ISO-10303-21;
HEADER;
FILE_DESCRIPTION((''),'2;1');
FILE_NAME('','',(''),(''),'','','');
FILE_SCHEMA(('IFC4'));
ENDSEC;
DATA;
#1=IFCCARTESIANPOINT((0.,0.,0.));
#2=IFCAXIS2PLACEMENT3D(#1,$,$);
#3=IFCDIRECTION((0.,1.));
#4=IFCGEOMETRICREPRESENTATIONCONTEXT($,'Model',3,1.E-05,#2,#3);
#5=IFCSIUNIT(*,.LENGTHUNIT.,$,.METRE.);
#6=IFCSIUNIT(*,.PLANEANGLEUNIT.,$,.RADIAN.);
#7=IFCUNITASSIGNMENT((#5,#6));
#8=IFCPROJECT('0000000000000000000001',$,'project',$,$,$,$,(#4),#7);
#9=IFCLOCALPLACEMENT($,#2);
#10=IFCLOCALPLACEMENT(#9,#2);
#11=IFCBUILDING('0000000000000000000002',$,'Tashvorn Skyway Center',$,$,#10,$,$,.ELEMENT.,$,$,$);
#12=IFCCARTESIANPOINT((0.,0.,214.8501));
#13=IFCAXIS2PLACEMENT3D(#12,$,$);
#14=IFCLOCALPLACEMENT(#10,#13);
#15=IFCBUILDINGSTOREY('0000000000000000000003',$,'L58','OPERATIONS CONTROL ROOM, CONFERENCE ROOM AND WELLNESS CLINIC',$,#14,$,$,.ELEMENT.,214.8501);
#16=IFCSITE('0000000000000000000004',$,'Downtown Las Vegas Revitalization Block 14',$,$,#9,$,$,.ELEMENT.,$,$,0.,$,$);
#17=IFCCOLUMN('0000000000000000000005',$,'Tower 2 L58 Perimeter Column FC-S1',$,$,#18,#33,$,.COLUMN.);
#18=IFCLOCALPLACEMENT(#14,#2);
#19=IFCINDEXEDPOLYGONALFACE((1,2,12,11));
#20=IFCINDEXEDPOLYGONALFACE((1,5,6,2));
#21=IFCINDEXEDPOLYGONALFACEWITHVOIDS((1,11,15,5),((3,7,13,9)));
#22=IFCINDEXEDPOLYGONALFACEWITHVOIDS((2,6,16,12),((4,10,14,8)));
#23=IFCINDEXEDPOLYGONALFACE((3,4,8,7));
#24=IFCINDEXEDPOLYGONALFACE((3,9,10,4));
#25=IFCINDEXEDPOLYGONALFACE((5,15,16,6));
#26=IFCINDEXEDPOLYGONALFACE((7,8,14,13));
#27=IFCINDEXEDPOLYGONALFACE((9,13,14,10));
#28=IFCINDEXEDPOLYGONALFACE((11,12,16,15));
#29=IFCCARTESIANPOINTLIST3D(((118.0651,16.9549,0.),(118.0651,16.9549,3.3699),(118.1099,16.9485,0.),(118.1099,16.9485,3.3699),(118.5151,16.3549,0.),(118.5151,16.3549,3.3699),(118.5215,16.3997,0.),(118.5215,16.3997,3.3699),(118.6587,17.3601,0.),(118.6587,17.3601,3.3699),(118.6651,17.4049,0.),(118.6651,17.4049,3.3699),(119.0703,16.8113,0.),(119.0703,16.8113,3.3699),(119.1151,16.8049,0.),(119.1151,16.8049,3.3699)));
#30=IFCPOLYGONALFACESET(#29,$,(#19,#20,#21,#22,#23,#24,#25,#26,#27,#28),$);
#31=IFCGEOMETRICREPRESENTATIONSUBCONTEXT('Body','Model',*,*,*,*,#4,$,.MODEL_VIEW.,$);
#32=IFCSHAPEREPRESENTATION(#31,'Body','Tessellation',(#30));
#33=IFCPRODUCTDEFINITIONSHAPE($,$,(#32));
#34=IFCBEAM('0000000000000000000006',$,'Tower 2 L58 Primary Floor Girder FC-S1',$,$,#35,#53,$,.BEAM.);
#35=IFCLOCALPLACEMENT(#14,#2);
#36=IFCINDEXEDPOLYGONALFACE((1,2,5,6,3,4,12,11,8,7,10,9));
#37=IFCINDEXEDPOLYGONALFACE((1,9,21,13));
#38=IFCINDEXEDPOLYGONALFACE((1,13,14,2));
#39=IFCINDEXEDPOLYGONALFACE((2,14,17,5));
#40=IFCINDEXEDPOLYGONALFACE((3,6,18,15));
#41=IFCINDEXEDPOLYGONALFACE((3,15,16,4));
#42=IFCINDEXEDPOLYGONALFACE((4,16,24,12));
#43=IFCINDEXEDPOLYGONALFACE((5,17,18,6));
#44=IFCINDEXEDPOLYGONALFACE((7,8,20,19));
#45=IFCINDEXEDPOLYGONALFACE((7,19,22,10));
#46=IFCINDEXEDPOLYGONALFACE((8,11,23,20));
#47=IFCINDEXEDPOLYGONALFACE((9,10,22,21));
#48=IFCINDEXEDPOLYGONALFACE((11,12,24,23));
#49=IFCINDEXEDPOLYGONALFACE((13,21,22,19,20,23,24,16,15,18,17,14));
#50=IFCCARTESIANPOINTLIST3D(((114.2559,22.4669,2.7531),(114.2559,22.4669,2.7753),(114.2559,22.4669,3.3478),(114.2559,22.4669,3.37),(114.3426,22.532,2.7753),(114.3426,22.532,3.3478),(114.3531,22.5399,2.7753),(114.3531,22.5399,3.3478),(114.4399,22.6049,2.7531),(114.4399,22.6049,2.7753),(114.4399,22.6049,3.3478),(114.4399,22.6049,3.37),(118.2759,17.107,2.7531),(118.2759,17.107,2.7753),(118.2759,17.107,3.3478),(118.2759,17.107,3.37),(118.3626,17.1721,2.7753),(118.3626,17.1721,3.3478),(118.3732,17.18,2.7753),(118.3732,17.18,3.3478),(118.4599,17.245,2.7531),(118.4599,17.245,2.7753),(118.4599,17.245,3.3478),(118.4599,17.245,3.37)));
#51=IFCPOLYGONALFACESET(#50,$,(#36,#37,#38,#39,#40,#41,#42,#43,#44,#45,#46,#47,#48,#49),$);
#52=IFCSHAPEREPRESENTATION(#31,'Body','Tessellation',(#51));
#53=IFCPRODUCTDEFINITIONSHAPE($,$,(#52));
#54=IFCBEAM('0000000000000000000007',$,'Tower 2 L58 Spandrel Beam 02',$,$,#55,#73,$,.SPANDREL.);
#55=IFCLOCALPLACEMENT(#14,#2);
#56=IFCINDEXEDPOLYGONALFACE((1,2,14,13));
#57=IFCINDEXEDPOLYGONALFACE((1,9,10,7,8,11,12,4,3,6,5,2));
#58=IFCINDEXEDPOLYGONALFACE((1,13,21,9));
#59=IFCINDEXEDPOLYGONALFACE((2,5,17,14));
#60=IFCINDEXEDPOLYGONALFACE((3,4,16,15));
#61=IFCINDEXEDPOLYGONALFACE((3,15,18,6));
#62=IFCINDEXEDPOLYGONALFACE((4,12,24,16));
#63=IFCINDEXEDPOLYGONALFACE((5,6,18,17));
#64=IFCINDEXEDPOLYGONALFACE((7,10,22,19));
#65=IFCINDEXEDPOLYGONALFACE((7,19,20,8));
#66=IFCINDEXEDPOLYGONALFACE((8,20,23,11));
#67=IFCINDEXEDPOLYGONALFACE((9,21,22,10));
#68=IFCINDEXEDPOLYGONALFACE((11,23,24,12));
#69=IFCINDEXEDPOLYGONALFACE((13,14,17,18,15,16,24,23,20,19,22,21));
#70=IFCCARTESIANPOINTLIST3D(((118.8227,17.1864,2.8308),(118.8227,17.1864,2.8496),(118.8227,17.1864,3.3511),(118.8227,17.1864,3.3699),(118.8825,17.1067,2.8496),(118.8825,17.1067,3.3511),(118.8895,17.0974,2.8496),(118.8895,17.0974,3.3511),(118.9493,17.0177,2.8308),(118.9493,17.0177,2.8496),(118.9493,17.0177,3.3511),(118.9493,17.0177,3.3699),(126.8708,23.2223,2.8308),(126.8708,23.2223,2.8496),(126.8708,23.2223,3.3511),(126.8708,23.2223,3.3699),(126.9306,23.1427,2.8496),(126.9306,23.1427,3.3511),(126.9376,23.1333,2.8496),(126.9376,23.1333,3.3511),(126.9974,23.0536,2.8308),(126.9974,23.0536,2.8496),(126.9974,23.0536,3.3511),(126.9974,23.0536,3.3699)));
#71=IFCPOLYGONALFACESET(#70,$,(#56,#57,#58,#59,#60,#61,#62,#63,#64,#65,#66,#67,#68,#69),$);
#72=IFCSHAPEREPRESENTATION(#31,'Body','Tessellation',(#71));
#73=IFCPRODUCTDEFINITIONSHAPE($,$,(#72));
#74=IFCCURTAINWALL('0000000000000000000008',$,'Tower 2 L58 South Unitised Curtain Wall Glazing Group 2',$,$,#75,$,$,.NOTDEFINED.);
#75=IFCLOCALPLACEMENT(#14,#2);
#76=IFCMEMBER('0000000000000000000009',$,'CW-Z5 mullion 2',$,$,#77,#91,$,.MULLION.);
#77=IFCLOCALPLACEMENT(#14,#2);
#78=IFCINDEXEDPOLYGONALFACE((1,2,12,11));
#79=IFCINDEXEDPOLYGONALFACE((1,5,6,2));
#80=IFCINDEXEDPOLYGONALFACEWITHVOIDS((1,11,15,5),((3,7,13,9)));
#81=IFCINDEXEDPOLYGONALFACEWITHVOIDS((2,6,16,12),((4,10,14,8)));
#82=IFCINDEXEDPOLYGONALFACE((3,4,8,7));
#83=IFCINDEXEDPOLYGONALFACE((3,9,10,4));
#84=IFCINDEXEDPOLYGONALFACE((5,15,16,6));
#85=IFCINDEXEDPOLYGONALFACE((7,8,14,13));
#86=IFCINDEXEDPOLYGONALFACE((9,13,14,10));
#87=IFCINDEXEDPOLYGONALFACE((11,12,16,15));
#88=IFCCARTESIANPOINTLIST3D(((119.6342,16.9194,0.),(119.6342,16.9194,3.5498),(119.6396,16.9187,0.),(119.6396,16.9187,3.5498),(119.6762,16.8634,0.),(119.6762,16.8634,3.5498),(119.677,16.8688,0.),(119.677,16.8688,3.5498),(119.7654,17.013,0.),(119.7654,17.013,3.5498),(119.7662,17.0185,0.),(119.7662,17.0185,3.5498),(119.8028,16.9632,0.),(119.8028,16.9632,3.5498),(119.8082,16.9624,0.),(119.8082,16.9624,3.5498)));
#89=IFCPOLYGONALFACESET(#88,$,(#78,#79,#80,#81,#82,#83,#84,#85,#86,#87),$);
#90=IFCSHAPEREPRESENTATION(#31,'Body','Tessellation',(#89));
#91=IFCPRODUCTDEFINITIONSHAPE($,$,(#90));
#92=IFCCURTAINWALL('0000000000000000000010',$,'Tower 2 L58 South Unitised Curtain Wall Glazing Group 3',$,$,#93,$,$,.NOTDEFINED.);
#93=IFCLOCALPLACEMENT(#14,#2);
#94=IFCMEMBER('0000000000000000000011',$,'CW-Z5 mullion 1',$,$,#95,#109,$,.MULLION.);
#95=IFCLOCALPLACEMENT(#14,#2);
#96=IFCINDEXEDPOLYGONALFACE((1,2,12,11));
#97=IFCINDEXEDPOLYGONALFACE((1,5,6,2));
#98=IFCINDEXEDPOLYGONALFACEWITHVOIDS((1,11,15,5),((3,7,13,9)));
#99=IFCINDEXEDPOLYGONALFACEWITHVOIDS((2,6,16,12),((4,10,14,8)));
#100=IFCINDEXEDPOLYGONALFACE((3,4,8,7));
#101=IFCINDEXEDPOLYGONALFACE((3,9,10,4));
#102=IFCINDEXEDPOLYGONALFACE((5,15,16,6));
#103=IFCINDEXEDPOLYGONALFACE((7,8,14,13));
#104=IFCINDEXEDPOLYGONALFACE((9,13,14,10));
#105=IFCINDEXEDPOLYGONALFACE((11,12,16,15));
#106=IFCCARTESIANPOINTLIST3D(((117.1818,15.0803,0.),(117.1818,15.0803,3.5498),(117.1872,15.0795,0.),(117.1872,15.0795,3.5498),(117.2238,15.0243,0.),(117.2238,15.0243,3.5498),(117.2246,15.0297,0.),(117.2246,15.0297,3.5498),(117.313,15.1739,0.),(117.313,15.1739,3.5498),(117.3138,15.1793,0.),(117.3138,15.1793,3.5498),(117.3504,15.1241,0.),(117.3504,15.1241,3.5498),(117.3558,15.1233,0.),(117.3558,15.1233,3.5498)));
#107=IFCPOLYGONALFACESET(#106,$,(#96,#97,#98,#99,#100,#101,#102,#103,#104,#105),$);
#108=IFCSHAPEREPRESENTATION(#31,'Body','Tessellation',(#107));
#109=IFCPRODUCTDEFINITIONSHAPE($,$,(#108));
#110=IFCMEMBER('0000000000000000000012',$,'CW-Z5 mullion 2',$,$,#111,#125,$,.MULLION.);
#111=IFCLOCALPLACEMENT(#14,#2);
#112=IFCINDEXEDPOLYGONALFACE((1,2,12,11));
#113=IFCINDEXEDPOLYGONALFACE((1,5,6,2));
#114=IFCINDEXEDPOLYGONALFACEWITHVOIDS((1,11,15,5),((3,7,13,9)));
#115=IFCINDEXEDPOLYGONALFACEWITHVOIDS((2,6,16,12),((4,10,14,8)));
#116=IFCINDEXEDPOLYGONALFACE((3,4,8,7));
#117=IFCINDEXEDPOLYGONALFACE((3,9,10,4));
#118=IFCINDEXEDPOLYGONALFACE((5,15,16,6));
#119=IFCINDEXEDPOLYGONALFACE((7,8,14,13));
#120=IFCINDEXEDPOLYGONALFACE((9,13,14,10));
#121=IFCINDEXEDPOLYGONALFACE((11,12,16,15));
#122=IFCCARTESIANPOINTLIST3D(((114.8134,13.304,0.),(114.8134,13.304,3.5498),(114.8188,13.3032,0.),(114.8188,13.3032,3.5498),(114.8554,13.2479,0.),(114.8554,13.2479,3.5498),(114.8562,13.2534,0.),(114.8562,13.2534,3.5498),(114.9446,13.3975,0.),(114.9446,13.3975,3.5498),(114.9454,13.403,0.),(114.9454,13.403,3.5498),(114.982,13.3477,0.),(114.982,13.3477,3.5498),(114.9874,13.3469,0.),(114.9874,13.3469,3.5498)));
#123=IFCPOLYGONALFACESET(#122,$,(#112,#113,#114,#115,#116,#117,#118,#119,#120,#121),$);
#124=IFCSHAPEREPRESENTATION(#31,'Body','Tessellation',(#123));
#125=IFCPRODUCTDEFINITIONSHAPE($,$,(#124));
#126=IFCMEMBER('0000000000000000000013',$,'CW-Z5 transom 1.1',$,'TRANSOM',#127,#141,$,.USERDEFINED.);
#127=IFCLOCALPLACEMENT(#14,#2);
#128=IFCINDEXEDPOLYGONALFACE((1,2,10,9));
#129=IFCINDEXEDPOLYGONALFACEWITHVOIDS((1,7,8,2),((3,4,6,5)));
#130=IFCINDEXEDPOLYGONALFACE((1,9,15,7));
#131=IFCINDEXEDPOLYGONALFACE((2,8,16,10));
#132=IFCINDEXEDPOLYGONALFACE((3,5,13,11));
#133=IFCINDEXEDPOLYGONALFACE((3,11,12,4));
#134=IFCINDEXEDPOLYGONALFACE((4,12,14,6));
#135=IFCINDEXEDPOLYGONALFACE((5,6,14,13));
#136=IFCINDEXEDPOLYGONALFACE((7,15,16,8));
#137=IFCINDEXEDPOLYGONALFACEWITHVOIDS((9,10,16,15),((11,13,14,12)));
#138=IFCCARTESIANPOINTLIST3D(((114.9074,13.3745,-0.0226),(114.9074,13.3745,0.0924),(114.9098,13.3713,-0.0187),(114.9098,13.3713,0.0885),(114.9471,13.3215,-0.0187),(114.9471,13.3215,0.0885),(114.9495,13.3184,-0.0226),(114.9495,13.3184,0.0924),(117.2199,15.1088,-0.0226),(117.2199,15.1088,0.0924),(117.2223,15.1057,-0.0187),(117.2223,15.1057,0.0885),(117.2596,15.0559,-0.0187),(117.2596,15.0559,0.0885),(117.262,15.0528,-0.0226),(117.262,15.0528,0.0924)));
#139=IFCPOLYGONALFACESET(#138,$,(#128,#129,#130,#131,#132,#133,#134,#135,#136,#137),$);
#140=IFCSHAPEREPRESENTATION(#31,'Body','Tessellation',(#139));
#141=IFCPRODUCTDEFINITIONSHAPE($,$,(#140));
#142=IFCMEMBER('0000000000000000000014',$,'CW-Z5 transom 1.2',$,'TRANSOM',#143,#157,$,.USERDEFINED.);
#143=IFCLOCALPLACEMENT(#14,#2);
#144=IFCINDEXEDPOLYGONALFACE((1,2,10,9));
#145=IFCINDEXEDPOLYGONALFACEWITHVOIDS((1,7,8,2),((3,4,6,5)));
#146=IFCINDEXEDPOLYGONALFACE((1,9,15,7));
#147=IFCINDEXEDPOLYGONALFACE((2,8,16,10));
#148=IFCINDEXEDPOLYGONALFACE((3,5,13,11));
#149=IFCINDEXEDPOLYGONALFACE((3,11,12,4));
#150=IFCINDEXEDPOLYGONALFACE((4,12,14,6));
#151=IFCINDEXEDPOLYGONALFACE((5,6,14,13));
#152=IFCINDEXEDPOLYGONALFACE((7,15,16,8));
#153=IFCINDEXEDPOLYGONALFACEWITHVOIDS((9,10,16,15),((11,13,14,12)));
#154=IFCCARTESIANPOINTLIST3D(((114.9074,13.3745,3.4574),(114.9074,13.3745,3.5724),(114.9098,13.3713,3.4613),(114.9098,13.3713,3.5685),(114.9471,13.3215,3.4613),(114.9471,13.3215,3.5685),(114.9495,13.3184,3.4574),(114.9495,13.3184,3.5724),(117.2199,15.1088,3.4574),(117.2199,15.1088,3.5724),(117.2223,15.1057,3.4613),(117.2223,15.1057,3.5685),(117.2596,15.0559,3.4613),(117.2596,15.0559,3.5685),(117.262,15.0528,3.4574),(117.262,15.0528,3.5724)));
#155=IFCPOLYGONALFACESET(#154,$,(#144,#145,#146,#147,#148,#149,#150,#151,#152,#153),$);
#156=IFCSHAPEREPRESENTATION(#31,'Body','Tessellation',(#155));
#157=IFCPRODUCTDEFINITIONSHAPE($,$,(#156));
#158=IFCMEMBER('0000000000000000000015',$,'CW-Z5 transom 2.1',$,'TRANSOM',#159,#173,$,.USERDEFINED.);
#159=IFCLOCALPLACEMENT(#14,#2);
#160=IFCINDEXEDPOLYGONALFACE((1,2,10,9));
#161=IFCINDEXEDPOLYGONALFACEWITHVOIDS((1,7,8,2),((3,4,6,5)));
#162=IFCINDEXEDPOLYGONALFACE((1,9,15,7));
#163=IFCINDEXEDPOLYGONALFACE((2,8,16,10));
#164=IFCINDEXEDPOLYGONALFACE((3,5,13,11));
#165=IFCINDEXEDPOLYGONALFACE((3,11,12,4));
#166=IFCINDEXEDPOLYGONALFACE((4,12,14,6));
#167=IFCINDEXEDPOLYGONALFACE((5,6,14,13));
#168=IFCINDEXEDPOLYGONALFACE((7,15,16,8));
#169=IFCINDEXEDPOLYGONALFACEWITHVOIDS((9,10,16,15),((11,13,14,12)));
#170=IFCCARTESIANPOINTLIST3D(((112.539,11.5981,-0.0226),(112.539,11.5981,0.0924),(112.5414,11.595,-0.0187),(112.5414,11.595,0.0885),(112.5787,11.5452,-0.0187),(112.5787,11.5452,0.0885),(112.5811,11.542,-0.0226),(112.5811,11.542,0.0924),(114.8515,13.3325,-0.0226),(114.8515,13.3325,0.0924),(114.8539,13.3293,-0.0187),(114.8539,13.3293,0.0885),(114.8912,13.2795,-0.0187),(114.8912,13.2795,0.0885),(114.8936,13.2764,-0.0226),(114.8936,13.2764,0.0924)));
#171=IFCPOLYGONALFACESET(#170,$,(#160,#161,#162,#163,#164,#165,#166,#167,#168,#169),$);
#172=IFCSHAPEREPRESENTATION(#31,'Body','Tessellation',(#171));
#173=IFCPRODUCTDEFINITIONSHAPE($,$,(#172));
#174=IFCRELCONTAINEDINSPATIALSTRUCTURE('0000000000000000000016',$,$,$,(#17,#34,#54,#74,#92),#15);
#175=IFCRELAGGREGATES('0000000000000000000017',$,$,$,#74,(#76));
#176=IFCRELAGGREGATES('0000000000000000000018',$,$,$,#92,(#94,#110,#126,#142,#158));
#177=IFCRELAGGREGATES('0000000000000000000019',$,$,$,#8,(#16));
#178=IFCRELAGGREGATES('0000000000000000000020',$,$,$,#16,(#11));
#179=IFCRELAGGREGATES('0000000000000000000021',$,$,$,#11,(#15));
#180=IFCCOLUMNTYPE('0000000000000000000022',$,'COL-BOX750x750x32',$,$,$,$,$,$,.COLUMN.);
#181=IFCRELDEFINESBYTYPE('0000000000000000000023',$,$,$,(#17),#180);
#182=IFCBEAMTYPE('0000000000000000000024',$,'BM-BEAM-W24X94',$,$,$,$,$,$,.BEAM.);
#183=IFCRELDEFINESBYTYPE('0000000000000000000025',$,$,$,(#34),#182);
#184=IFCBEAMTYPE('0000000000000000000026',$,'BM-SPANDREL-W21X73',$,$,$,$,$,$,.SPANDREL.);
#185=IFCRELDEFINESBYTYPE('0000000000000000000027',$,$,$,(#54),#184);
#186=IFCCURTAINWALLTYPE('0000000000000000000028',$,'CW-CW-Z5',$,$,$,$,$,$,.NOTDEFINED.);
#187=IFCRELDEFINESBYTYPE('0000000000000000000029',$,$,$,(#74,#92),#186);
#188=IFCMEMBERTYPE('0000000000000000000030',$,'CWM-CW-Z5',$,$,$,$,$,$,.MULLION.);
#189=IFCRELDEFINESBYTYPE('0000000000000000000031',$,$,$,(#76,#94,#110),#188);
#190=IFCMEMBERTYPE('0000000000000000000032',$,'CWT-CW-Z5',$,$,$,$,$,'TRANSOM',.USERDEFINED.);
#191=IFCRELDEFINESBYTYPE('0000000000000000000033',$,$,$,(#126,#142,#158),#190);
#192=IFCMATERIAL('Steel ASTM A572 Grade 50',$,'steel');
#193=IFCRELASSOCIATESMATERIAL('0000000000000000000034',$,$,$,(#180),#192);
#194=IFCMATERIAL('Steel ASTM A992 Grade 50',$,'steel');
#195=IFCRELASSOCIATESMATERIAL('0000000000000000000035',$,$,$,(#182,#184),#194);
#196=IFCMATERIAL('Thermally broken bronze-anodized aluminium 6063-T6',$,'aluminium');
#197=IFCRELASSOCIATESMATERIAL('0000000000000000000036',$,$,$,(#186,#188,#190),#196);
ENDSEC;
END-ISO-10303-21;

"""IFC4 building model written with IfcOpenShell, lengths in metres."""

from ifc_helpers import new_model, si_unit, direction, frame, origin, origin_2d, place, context, subcontext, project, spatial, hollow_rectangle, i_section, extrude, material, material_profile, profile_set, type_object, element, aggregate, save


model = new_model("IFC4")

# Units and contexts
model_context = context("Model", 3, precision=1e-05, world=origin(), true_north=direction((0.0, 1.0)))
body_context = subcontext(model_context, "Body", "Model", "MODEL_VIEW")
ifc_project = project(units=[si_unit("LENGTHUNIT", "METRE"), si_unit("PLANEANGLEUNIT", "RADIAN")], contexts=[model_context])

# Site, building, storey
site_placement = place(None, origin())
site = spatial("IfcSite", under=ifc_project, at=site_placement, Name="Downtown Las Vegas Revitalization Block 14", CompositionType="ELEMENT", RefElevation=0.0)
building_placement = place(site_placement, origin())
building = spatial("IfcBuilding", under=site, at=building_placement, Name="Tashvorn Skyway Center", CompositionType="ELEMENT")
storey_placement = place(building_placement, frame((0.0, 0.0, 214.8501)))
storey = spatial("IfcBuildingStorey", under=building, at=storey_placement, Name="L58", Description="OPERATIONS CONTROL ROOM, CONFERENCE ROOM AND WELLNESS CLINIC", CompositionType="ELEMENT", Elevation=214.8501)

# Column
ifc_material_1 = material(Name="Steel ASTM A572 Grade 50", Category="steel")
ifc_material_profile_1 = material_profile(ifc_material_1, hollow_rectangle(XDim=0.75, YDim=0.75, WallThickness=0.032, at=origin_2d()), Name="BOX750x750x32")
ifc_profile_set_1 = profile_set([ifc_material_profile_1], Name="Steel ASTM A572 Grade 50")
column_type = type_object("IfcColumnType", Name="COL-BOX750x750x32", PredefinedType="COLUMN", material=ifc_profile_set_1)
column_placement = place(storey_placement, frame((118.5901, 16.8799, 0.0), z_axis=(0.0, 0.0, 1.0), x_axis=(0.8, 0.6, 0.0)))
element("IfcColumn", 1, at=column_placement, inside=storey, type_object=column_type, Name="Tower 2 L58 Perimeter Column FC-S1", PredefinedType="COLUMN", context=body_context, shape_type="SweptSolid", body=[
    extrude(hollow_rectangle(XDim=0.75, YDim=0.75, WallThickness=0.032, at=origin_2d()), origin(), (0.0, 0.0, 1.0), 3.3699),
])

# Beams
ifc_material_2 = material(Name="Steel ASTM A992 Grade 50", Category="steel")
ifc_material_profile_2 = material_profile(ifc_material_2, i_section(OverallWidth=0.23, OverallDepth=0.6169, WebThickness=0.0132, FlangeThickness=0.0222, at=origin_2d()), Name="W24X94")
ifc_profile_set_2 = profile_set([ifc_material_profile_2], Name="Steel ASTM A992 Grade 50")
beam_type_1 = type_object("IfcBeamType", Name="BM-BEAM-W24X94", PredefinedType="BEAM", material=ifc_profile_set_2)
beam_1_placement = place(storey_placement, frame((118.3679, 17.176, 3.0615), z_axis=(-0.600012, 0.799991, 0.0), x_axis=(-0.799991, -0.600012, 0.0)))
element("IfcBeam", 2, at=beam_1_placement, inside=storey, type_object=beam_type_1, Name="Tower 2 L58 Primary Floor Girder FC-S1", PredefinedType="BEAM", context=body_context, shape_type="SweptSolid", body=[
    extrude(i_section(OverallWidth=0.23, OverallDepth=0.6169, WebThickness=0.0132, FlangeThickness=0.0222, at=origin_2d()), origin(), (0.0, 0.0, 1.0), 6.7),
])
ifc_material_profile_3 = material_profile(ifc_material_2, i_section(OverallWidth=0.2109, OverallDepth=0.5391, WebThickness=0.0117, FlangeThickness=0.0188, at=origin_2d()), Name="W21X73")
ifc_profile_set_3 = profile_set([ifc_material_profile_3], Name="Steel ASTM A992 Grade 50")
beam_type_2 = type_object("IfcBeamType", Name="BM-SPANDREL-W21X73", PredefinedType="SPANDREL", material=ifc_profile_set_3)
beam_2_placement = place(storey_placement, frame((118.886, 17.1021, 3.1003), z_axis=(0.800009, 0.599988, 0.0), x_axis=(-0.599988, 0.800009, 0.0)))
element("IfcBeam", 3, at=beam_2_placement, inside=storey, type_object=beam_type_2, Name="Tower 2 L58 Spandrel Beam 02", PredefinedType="SPANDREL", context=body_context, shape_type="SweptSolid", body=[
    extrude(i_section(OverallWidth=0.2109, OverallDepth=0.5391, WebThickness=0.0117, FlangeThickness=0.0188, at=origin_2d()), origin(), (0.0, 0.0, 1.0), 10.0601),
])

# Curtain wall, member
ifc_material_3 = material(Name="Thermally broken bronze-anodized aluminium 6063-T6", Category="aluminium")
curtain_wall_type = type_object("IfcCurtainWallType", Name="CW-CW-Z5", PredefinedType="NOTDEFINED", material=ifc_material_3)
curtain_wall_1_placement = place(storey_placement, origin())
curtain_wall_1 = element("IfcCurtainWall", 4, at=curtain_wall_1_placement, inside=storey, type_object=curtain_wall_type, Name="Tower 2 L58 South Unitised Curtain Wall Glazing Group 2", PredefinedType="NOTDEFINED")
ifc_material_profile_4 = material_profile(ifc_material_3, hollow_rectangle(XDim=0.0701, YDim=0.165, WallThickness=0.0039, at=origin_2d()), Name="ALU-MULL-70x165")
ifc_profile_set_4 = profile_set([ifc_material_profile_4], Name="Thermally broken bronze-anodized aluminium 6063-T6")
member_type_1 = type_object("IfcMemberType", Name="CWM-CW-Z5", PredefinedType="MULLION", material=ifc_profile_set_4)
member_1_placement = place(storey_placement, frame((119.7212, 16.9409, 0.0), z_axis=(0.0, 0.0, 1.0), x_axis=(0.599996, -0.800003, 0.0)))
member_1 = element("IfcMember", 5, at=member_1_placement, type_object=member_type_1, Name="CW-Z5 mullion 2", PredefinedType="MULLION", context=body_context, shape_type="SweptSolid", body=[
    extrude(hollow_rectangle(XDim=0.0701, YDim=0.165, WallThickness=0.0039, at=origin_2d()), origin(), (0.0, 0.0, 1.0), 3.5498),
])
aggregate(curtain_wall_1, [member_1])

# Curtain wall, members
curtain_wall_2_placement = place(storey_placement, origin())
curtain_wall_2 = element("IfcCurtainWall", 6, at=curtain_wall_2_placement, inside=storey, type_object=curtain_wall_type, Name="Tower 2 L58 South Unitised Curtain Wall Glazing Group 3", PredefinedType="NOTDEFINED")
member_2_placement = place(storey_placement, frame((117.2688, 15.1018, 0.0), z_axis=(0.0, 0.0, 1.0), x_axis=(0.600003, -0.799998, 0.0)))
member_2 = element("IfcMember", 7, at=member_2_placement, type_object=member_type_1, Name="CW-Z5 mullion 1", PredefinedType="MULLION", context=body_context, shape_type="SweptSolid", body=[
    extrude(hollow_rectangle(XDim=0.0701, YDim=0.165, WallThickness=0.0039, at=origin_2d()), origin(), (0.0, 0.0, 1.0), 3.5498),
])
member_3_placement = place(storey_placement, frame((114.9004, 13.3254, 0.0), z_axis=(0.0, 0.0, 1.0), x_axis=(0.600003, -0.799998, 0.0)))
member_3 = element("IfcMember", 8, at=member_3_placement, type_object=member_type_1, Name="CW-Z5 mullion 2", PredefinedType="MULLION", context=body_context, shape_type="SweptSolid", body=[
    extrude(hollow_rectangle(XDim=0.0701, YDim=0.165, WallThickness=0.0039, at=origin_2d()), origin(), (0.0, 0.0, 1.0), 3.5498),
])
ifc_material_profile_5 = material_profile(ifc_material_3, hollow_rectangle(XDim=0.0701, YDim=0.115, WallThickness=0.0039, at=origin_2d()), Name="ALU-TRAN-70x115")
ifc_profile_set_5 = profile_set([ifc_material_profile_5], Name="Thermally broken bronze-anodized aluminium 6063-T6")
member_type_2 = type_object("IfcMemberType", Name="CWT-CW-Z5", ElementType="TRANSOM", PredefinedType="USERDEFINED", material=ifc_profile_set_5)
member_4_placement = place(storey_placement, frame((117.241, 15.0808, 0.0349), z_axis=(-0.8, -0.6, 0.0), x_axis=(0.6, -0.8, 0.0)))
member_4 = element("IfcMember", 9, at=member_4_placement, type_object=member_type_2, Name="CW-Z5 transom 1.1", ObjectType="TRANSOM", PredefinedType="USERDEFINED", context=body_context, shape_type="SweptSolid", body=[
    extrude(hollow_rectangle(XDim=0.0701, YDim=0.115, WallThickness=0.0039, at=origin_2d()), origin(), (0.0, 0.0, 1.0), 2.8906),
])
member_5_placement = place(storey_placement, frame((117.241, 15.0808, 3.5149), z_axis=(-0.8, -0.6, 0.0), x_axis=(0.6, -0.8, 0.0)))
member_5 = element("IfcMember", 10, at=member_5_placement, type_object=member_type_2, Name="CW-Z5 transom 1.2", ObjectType="TRANSOM", PredefinedType="USERDEFINED", context=body_context, shape_type="SweptSolid", body=[
    extrude(hollow_rectangle(XDim=0.0701, YDim=0.115, WallThickness=0.0039, at=origin_2d()), origin(), (0.0, 0.0, 1.0), 2.8906),
])
member_6_placement = place(storey_placement, frame((114.8726, 13.3044, 0.0349), z_axis=(-0.8, -0.6, 0.0), x_axis=(0.6, -0.8, 0.0)))
member_6 = element("IfcMember", 11, at=member_6_placement, type_object=member_type_2, Name="CW-Z5 transom 2.1", ObjectType="TRANSOM", PredefinedType="USERDEFINED", context=body_context, shape_type="SweptSolid", body=[
    extrude(hollow_rectangle(XDim=0.0701, YDim=0.115, WallThickness=0.0039, at=origin_2d()), origin(), (0.0, 0.0, 1.0), 2.8906),
])
aggregate(curtain_wall_2, [member_2, member_3, member_4, member_5, member_6])

save(model, "model.ifc")
